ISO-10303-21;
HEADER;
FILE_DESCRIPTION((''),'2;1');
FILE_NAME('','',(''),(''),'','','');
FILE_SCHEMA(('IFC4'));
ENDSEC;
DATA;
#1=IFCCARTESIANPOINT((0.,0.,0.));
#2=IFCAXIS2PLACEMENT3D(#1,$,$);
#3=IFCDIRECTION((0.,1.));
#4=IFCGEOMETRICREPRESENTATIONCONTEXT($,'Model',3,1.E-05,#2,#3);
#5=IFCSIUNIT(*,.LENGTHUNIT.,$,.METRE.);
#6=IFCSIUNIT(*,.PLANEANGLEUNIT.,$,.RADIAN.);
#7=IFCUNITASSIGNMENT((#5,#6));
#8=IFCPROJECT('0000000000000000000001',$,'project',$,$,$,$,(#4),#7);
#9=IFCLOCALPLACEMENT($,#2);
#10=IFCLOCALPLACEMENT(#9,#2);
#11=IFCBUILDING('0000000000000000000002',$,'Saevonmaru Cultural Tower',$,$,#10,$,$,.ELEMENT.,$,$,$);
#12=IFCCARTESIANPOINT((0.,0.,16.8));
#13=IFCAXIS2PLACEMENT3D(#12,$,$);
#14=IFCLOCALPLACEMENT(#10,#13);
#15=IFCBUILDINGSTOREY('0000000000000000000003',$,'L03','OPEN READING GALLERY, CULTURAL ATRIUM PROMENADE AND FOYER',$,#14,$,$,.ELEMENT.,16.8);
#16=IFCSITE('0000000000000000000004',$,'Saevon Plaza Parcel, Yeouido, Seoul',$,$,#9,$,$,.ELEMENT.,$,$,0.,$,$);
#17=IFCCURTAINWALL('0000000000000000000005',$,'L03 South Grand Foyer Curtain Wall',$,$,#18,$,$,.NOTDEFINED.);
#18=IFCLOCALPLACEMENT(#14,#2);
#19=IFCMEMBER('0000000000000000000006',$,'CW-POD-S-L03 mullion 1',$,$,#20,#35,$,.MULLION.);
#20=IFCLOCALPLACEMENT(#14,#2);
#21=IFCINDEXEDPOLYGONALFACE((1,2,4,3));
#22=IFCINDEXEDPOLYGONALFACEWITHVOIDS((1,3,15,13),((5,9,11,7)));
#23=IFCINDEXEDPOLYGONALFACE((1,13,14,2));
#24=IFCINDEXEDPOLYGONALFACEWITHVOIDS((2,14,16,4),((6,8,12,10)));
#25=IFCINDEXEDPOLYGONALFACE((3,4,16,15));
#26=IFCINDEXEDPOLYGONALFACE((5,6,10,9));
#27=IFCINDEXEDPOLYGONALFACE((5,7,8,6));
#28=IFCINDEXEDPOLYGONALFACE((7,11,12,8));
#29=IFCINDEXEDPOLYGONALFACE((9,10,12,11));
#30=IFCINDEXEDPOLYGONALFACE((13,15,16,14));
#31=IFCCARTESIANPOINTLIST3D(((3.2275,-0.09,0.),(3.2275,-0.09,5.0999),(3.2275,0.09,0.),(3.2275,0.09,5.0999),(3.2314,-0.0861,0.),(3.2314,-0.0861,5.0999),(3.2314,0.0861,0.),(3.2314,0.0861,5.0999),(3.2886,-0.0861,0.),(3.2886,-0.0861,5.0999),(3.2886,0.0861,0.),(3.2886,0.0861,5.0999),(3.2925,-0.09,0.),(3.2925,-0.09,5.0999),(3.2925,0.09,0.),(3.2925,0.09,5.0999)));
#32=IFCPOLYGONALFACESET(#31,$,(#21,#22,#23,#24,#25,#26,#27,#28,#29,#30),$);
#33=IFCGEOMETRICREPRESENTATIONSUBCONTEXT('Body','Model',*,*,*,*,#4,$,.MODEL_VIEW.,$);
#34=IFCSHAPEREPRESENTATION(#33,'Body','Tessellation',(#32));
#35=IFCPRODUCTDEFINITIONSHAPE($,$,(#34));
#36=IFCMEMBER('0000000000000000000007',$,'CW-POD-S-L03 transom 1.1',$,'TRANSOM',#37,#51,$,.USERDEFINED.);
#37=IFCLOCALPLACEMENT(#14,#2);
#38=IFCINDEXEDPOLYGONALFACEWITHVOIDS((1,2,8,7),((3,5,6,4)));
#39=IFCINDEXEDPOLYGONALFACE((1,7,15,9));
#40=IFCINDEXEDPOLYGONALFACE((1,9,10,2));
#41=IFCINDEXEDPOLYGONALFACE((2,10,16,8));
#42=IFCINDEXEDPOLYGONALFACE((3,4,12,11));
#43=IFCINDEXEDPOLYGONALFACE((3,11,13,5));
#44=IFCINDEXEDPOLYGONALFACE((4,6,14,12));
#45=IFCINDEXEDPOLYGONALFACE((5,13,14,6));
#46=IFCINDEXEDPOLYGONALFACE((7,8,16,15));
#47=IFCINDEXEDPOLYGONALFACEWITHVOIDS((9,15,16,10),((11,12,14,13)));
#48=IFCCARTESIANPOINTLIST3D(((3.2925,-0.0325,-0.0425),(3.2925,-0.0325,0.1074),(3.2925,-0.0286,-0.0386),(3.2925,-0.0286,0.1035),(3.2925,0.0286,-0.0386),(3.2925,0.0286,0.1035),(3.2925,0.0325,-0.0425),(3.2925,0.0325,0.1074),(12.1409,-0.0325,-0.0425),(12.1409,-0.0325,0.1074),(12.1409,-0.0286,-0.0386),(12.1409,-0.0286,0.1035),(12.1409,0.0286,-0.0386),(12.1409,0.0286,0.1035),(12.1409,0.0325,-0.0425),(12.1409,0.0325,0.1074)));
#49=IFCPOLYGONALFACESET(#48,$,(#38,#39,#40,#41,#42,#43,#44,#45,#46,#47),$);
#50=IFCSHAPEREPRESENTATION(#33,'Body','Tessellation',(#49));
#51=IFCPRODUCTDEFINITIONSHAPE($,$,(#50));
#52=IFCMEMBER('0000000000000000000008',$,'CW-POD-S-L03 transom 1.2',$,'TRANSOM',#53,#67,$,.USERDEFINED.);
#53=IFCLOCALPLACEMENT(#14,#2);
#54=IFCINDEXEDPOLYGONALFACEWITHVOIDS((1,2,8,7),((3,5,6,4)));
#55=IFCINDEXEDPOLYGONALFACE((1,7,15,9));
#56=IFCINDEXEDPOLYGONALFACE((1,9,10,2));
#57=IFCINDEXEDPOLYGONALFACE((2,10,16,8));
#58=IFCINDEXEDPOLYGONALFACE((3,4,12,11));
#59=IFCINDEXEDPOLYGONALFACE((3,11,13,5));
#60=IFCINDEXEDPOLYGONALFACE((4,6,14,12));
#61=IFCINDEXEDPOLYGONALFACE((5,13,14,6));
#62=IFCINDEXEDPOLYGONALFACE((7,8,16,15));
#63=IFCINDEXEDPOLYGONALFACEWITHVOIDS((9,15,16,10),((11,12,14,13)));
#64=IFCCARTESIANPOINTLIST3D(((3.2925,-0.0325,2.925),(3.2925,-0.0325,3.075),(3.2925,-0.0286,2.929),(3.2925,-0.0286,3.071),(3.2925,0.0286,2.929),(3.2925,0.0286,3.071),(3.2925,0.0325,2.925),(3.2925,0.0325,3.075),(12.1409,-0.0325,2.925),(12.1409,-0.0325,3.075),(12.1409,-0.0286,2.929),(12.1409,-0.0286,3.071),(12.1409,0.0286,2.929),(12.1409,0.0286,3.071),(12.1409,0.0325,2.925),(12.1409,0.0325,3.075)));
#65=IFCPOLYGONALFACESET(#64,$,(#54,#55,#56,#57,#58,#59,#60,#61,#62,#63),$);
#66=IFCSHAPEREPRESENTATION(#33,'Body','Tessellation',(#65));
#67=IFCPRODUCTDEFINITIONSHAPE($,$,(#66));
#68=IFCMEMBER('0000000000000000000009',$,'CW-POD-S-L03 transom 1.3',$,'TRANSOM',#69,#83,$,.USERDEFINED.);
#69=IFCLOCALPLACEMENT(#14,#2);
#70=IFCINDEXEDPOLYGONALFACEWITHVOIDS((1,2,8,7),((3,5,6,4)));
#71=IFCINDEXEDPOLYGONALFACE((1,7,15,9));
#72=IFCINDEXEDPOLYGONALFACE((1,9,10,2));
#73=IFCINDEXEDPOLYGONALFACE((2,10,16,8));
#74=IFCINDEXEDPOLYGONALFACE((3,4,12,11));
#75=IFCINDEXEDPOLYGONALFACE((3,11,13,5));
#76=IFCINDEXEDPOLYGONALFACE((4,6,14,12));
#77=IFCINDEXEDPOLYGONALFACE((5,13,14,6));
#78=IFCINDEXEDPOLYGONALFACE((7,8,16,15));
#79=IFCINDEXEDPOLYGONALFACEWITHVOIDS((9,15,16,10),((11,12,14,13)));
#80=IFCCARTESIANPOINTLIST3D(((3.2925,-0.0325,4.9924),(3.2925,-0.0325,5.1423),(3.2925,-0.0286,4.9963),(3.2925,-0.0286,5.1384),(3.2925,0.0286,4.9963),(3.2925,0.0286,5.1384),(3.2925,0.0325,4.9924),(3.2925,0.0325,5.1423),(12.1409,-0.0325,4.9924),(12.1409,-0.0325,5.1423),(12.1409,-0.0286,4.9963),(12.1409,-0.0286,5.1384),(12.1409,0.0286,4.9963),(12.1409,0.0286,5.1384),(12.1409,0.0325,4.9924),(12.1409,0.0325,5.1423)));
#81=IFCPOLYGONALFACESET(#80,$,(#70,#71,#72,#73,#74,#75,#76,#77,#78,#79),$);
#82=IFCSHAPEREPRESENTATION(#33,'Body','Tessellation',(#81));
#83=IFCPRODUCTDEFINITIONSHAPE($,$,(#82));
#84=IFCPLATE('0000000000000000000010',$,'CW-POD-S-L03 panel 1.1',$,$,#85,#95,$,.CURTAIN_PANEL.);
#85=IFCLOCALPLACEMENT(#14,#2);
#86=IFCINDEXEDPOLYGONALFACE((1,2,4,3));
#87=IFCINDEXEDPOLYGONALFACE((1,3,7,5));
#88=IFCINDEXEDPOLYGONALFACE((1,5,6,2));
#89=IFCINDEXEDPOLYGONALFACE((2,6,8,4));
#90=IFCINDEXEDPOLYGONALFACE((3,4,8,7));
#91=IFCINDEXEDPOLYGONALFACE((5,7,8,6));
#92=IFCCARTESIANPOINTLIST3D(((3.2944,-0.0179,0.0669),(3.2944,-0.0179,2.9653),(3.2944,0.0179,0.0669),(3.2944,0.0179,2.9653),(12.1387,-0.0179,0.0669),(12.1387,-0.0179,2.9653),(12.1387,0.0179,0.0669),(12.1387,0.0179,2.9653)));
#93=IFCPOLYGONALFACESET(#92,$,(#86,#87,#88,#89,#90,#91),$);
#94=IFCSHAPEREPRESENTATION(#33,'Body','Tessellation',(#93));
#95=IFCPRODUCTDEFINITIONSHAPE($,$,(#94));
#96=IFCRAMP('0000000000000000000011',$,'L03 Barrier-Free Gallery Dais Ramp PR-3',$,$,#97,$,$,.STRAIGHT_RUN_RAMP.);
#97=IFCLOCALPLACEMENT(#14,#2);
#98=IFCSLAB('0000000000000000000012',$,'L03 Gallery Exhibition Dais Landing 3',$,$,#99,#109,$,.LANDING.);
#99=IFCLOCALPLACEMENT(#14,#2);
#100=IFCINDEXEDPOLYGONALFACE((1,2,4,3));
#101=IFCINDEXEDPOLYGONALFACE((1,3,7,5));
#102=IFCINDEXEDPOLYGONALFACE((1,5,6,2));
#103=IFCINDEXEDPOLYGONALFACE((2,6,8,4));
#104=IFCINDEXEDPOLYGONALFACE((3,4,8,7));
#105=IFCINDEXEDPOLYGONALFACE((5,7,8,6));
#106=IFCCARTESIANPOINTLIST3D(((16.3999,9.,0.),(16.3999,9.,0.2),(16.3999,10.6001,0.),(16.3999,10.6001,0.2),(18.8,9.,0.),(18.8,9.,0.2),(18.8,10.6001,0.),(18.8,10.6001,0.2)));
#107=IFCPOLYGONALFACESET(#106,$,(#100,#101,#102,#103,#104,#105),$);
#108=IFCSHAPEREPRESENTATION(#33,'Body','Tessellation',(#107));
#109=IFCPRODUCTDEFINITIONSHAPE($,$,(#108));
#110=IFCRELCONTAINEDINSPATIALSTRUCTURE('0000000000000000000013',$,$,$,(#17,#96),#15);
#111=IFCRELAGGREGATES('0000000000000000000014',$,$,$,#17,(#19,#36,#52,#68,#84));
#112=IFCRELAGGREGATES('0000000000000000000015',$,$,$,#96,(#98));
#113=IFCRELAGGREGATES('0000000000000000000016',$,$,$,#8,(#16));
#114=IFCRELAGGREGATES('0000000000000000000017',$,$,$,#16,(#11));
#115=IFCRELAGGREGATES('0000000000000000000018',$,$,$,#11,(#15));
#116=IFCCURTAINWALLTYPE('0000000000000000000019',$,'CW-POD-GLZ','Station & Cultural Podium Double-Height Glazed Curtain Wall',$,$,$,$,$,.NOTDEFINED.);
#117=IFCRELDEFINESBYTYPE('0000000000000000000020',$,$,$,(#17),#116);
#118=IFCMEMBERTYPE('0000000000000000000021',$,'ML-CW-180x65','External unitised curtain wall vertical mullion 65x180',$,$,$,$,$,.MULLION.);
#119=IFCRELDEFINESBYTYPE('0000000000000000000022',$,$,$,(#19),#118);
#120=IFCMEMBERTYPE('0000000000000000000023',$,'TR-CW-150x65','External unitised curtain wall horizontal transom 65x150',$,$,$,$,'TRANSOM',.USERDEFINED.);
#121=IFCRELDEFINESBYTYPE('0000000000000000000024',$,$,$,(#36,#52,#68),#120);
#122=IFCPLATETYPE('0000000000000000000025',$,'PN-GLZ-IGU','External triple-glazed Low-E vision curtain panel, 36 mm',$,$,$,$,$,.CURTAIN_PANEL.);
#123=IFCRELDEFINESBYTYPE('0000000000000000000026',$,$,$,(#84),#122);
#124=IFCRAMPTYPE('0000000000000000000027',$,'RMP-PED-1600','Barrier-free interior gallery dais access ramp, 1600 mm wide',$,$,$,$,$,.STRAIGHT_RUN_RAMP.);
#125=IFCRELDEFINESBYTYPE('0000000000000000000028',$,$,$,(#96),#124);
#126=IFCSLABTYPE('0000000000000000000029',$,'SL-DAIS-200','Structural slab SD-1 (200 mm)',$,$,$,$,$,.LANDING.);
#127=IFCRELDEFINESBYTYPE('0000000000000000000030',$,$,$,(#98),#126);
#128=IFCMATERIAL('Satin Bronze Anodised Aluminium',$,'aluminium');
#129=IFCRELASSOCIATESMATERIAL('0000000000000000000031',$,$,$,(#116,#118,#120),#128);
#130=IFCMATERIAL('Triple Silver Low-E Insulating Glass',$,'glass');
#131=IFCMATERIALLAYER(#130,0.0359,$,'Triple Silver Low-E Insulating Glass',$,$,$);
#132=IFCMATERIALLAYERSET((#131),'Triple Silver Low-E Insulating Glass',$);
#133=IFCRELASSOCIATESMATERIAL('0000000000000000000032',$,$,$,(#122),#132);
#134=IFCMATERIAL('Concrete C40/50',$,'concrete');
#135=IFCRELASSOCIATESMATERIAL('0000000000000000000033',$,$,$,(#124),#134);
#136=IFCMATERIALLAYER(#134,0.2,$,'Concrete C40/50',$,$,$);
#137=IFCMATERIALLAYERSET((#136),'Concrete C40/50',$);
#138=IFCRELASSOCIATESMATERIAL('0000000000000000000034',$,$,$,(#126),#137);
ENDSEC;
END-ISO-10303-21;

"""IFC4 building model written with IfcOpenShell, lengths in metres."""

from ifc_helpers import new_model, si_unit, direction, frame, origin, origin_2d, place, context, subcontext, project, spatial, polyline, rectangle, hollow_rectangle, outline, extrude, material, layer, layer_set, material_profile, profile_set, type_object, element, aggregate, save


model = new_model("IFC4")

# Units and contexts
model_context = context("Model", 3, precision=1e-05, world=origin(), true_north=direction((0.0, 1.0)))
body_context = subcontext(model_context, "Body", "Model", "MODEL_VIEW")
ifc_project = project(units=[si_unit("LENGTHUNIT", "METRE"), si_unit("PLANEANGLEUNIT", "RADIAN")], contexts=[model_context])

# Site, building, storey
site_placement = place(None, origin())
site = spatial("IfcSite", under=ifc_project, at=site_placement, Name="Saevon Plaza Parcel, Yeouido, Seoul", CompositionType="ELEMENT", RefElevation=0.0)
building_placement = place(site_placement, origin())
building = spatial("IfcBuilding", under=site, at=building_placement, Name="Saevonmaru Cultural Tower", CompositionType="ELEMENT")
storey_placement = place(building_placement, frame((0.0, 0.0, 16.8)))
storey = spatial("IfcBuildingStorey", under=building, at=storey_placement, Name="L03", Description="OPEN READING GALLERY, CULTURAL ATRIUM PROMENADE AND FOYER", CompositionType="ELEMENT", Elevation=16.8)

# Curtain wall, members, plate
ifc_material_1 = material(Name="Satin Bronze Anodised Aluminium", Category="aluminium")
curtain_wall_type = type_object("IfcCurtainWallType", Name="CW-POD-GLZ", Description="Station & Cultural Podium Double-Height Glazed Curtain Wall", PredefinedType="NOTDEFINED", material=ifc_material_1)
curtain_wall_placement = place(storey_placement, origin())
curtain_wall = element("IfcCurtainWall", 1, at=curtain_wall_placement, inside=storey, type_object=curtain_wall_type, Name="L03 South Grand Foyer Curtain Wall", PredefinedType="NOTDEFINED")
ifc_material_profile_1 = material_profile(ifc_material_1, hollow_rectangle(XDim=0.0649, YDim=0.1799, WallThickness=0.0039, at=origin_2d()), Name="ALU-MULL-180x65x4")
ifc_profile_set_1 = profile_set([ifc_material_profile_1], Name="Satin Bronze Anodised Aluminium")
member_type_1 = type_object("IfcMemberType", Name="ML-CW-180x65", Description="External unitised curtain wall vertical mullion 65x180", PredefinedType="MULLION", material=ifc_profile_set_1)
member_1_placement = place(storey_placement, frame((3.26, 0.0, 0.0), z_axis=(0.0, 0.0, 1.0), x_axis=(1.0, 0.0, 0.0)))
member_1 = element("IfcMember", 2, at=member_1_placement, type_object=member_type_1, Name="CW-POD-S-L03 mullion 1", PredefinedType="MULLION", context=body_context, shape_type="SweptSolid", body=[
    extrude(hollow_rectangle(XDim=0.0649, YDim=0.1799, WallThickness=0.0039, at=origin_2d()), origin(), (0.0, 0.0, 1.0), 5.0999),
])
ifc_material_profile_2 = material_profile(ifc_material_1, hollow_rectangle(XDim=0.0649, YDim=0.1499, WallThickness=0.0039, at=origin_2d()), Name="ALU-TRAN-150x65x4")
ifc_profile_set_2 = profile_set([ifc_material_profile_2], Name="Satin Bronze Anodised Aluminium")
member_type_2 = type_object("IfcMemberType", Name="TR-CW-150x65", Description="External unitised curtain wall horizontal transom 65x150", ElementType="TRANSOM", PredefinedType="USERDEFINED", material=ifc_profile_set_2)
member_2_placement = place(storey_placement, frame((3.2925, 0.0, 0.0325), z_axis=(1.0, 0.0, 0.0), x_axis=(0.0, 1.0, 0.0)))
member_2 = element("IfcMember", 3, at=member_2_placement, type_object=member_type_2, Name="CW-POD-S-L03 transom 1.1", ObjectType="TRANSOM", PredefinedType="USERDEFINED", context=body_context, shape_type="SweptSolid", body=[
    extrude(hollow_rectangle(XDim=0.0649, YDim=0.1499, WallThickness=0.0039, at=origin_2d()), origin(), (0.0, 0.0, 1.0), 8.8484),
])
member_3_placement = place(storey_placement, frame((3.2925, 0.0, 3.0), z_axis=(1.0, 0.0, 0.0), x_axis=(0.0, 1.0, 0.0)))
member_3 = element("IfcMember", 4, at=member_3_placement, type_object=member_type_2, Name="CW-POD-S-L03 transom 1.2", ObjectType="TRANSOM", PredefinedType="USERDEFINED", context=body_context, shape_type="SweptSolid", body=[
    extrude(hollow_rectangle(XDim=0.0649, YDim=0.1499, WallThickness=0.0039, at=origin_2d()), origin(), (0.0, 0.0, 1.0), 8.8484),
])
member_4_placement = place(storey_placement, frame((3.2925, 0.0, 5.0674), z_axis=(1.0, 0.0, 0.0), x_axis=(0.0, 1.0, 0.0)))
member_4 = element("IfcMember", 5, at=member_4_placement, type_object=member_type_2, Name="CW-POD-S-L03 transom 1.3", ObjectType="TRANSOM", PredefinedType="USERDEFINED", context=body_context, shape_type="SweptSolid", body=[
    extrude(hollow_rectangle(XDim=0.0649, YDim=0.1499, WallThickness=0.0039, at=origin_2d()), origin(), (0.0, 0.0, 1.0), 8.8484),
])
ifc_material_2 = material(Name="Triple Silver Low-E Insulating Glass", Category="glass")
ifc_layer_1 = layer(ifc_material_2, 0.0359, Name="Triple Silver Low-E Insulating Glass")
ifc_layer_set_1 = layer_set([ifc_layer_1], Name="Triple Silver Low-E Insulating Glass")
plate_type = type_object("IfcPlateType", Name="PN-GLZ-IGU", Description="External triple-glazed Low-E vision curtain panel, 36 mm", PredefinedType="CURTAIN_PANEL", material=ifc_layer_set_1)
plate_placement = place(storey_placement, frame((7.7166, 0.0, 0.0669), z_axis=(0.0, 0.0, 1.0), x_axis=(1.0, 0.0, 0.0)))
plate = element("IfcPlate", 6, at=plate_placement, type_object=plate_type, Name="CW-POD-S-L03 panel 1.1", PredefinedType="CURTAIN_PANEL", context=body_context, shape_type="SweptSolid", body=[
    extrude(rectangle(XDim=8.8442, YDim=0.0359, at=origin_2d()), origin(), (0.0, 0.0, 1.0), 2.8984),
])
aggregate(curtain_wall, [member_1, member_2, member_3, member_4, plate])

# Ramp, slab
ifc_material_3 = material(Name="Concrete C40/50", Category="concrete")
ramp_type = type_object("IfcRampType", Name="RMP-PED-1600", Description="Barrier-free interior gallery dais access ramp, 1600 mm wide", PredefinedType="STRAIGHT_RUN_RAMP", material=ifc_material_3)
ramp_placement = place(storey_placement, origin())
ramp = element("IfcRamp", 7, at=ramp_placement, inside=storey, type_object=ramp_type, Name="L03 Barrier-Free Gallery Dais Ramp PR-3", PredefinedType="STRAIGHT_RUN_RAMP")
ifc_layer_2 = layer(ifc_material_3, 0.2, Name="Concrete C40/50")
ifc_layer_set_2 = layer_set([ifc_layer_2], Name="Concrete C40/50")
slab_type_1 = type_object("IfcSlabType", Name="SL-DAIS-200", Description="Structural slab SD-1 (200 mm)", PredefinedType="LANDING", material=ifc_layer_set_2)
slab_1_placement = place(storey_placement, origin())
slab_1 = element("IfcSlab", 8, at=slab_1_placement, type_object=slab_type_1, Name="L03 Gallery Exhibition Dais Landing 3", PredefinedType="LANDING", context=body_context, shape_type="SweptSolid", body=[
    extrude(outline(polyline([(16.3999, 9.0), (18.8, 9.0), (18.8, 10.6001), (16.3999, 10.6001), (16.3999, 9.0)])), origin(), (0.0, 0.0, 1.0), 0.2),
])
aggregate(ramp, [slab_1])

save(model, "model.ifc")
